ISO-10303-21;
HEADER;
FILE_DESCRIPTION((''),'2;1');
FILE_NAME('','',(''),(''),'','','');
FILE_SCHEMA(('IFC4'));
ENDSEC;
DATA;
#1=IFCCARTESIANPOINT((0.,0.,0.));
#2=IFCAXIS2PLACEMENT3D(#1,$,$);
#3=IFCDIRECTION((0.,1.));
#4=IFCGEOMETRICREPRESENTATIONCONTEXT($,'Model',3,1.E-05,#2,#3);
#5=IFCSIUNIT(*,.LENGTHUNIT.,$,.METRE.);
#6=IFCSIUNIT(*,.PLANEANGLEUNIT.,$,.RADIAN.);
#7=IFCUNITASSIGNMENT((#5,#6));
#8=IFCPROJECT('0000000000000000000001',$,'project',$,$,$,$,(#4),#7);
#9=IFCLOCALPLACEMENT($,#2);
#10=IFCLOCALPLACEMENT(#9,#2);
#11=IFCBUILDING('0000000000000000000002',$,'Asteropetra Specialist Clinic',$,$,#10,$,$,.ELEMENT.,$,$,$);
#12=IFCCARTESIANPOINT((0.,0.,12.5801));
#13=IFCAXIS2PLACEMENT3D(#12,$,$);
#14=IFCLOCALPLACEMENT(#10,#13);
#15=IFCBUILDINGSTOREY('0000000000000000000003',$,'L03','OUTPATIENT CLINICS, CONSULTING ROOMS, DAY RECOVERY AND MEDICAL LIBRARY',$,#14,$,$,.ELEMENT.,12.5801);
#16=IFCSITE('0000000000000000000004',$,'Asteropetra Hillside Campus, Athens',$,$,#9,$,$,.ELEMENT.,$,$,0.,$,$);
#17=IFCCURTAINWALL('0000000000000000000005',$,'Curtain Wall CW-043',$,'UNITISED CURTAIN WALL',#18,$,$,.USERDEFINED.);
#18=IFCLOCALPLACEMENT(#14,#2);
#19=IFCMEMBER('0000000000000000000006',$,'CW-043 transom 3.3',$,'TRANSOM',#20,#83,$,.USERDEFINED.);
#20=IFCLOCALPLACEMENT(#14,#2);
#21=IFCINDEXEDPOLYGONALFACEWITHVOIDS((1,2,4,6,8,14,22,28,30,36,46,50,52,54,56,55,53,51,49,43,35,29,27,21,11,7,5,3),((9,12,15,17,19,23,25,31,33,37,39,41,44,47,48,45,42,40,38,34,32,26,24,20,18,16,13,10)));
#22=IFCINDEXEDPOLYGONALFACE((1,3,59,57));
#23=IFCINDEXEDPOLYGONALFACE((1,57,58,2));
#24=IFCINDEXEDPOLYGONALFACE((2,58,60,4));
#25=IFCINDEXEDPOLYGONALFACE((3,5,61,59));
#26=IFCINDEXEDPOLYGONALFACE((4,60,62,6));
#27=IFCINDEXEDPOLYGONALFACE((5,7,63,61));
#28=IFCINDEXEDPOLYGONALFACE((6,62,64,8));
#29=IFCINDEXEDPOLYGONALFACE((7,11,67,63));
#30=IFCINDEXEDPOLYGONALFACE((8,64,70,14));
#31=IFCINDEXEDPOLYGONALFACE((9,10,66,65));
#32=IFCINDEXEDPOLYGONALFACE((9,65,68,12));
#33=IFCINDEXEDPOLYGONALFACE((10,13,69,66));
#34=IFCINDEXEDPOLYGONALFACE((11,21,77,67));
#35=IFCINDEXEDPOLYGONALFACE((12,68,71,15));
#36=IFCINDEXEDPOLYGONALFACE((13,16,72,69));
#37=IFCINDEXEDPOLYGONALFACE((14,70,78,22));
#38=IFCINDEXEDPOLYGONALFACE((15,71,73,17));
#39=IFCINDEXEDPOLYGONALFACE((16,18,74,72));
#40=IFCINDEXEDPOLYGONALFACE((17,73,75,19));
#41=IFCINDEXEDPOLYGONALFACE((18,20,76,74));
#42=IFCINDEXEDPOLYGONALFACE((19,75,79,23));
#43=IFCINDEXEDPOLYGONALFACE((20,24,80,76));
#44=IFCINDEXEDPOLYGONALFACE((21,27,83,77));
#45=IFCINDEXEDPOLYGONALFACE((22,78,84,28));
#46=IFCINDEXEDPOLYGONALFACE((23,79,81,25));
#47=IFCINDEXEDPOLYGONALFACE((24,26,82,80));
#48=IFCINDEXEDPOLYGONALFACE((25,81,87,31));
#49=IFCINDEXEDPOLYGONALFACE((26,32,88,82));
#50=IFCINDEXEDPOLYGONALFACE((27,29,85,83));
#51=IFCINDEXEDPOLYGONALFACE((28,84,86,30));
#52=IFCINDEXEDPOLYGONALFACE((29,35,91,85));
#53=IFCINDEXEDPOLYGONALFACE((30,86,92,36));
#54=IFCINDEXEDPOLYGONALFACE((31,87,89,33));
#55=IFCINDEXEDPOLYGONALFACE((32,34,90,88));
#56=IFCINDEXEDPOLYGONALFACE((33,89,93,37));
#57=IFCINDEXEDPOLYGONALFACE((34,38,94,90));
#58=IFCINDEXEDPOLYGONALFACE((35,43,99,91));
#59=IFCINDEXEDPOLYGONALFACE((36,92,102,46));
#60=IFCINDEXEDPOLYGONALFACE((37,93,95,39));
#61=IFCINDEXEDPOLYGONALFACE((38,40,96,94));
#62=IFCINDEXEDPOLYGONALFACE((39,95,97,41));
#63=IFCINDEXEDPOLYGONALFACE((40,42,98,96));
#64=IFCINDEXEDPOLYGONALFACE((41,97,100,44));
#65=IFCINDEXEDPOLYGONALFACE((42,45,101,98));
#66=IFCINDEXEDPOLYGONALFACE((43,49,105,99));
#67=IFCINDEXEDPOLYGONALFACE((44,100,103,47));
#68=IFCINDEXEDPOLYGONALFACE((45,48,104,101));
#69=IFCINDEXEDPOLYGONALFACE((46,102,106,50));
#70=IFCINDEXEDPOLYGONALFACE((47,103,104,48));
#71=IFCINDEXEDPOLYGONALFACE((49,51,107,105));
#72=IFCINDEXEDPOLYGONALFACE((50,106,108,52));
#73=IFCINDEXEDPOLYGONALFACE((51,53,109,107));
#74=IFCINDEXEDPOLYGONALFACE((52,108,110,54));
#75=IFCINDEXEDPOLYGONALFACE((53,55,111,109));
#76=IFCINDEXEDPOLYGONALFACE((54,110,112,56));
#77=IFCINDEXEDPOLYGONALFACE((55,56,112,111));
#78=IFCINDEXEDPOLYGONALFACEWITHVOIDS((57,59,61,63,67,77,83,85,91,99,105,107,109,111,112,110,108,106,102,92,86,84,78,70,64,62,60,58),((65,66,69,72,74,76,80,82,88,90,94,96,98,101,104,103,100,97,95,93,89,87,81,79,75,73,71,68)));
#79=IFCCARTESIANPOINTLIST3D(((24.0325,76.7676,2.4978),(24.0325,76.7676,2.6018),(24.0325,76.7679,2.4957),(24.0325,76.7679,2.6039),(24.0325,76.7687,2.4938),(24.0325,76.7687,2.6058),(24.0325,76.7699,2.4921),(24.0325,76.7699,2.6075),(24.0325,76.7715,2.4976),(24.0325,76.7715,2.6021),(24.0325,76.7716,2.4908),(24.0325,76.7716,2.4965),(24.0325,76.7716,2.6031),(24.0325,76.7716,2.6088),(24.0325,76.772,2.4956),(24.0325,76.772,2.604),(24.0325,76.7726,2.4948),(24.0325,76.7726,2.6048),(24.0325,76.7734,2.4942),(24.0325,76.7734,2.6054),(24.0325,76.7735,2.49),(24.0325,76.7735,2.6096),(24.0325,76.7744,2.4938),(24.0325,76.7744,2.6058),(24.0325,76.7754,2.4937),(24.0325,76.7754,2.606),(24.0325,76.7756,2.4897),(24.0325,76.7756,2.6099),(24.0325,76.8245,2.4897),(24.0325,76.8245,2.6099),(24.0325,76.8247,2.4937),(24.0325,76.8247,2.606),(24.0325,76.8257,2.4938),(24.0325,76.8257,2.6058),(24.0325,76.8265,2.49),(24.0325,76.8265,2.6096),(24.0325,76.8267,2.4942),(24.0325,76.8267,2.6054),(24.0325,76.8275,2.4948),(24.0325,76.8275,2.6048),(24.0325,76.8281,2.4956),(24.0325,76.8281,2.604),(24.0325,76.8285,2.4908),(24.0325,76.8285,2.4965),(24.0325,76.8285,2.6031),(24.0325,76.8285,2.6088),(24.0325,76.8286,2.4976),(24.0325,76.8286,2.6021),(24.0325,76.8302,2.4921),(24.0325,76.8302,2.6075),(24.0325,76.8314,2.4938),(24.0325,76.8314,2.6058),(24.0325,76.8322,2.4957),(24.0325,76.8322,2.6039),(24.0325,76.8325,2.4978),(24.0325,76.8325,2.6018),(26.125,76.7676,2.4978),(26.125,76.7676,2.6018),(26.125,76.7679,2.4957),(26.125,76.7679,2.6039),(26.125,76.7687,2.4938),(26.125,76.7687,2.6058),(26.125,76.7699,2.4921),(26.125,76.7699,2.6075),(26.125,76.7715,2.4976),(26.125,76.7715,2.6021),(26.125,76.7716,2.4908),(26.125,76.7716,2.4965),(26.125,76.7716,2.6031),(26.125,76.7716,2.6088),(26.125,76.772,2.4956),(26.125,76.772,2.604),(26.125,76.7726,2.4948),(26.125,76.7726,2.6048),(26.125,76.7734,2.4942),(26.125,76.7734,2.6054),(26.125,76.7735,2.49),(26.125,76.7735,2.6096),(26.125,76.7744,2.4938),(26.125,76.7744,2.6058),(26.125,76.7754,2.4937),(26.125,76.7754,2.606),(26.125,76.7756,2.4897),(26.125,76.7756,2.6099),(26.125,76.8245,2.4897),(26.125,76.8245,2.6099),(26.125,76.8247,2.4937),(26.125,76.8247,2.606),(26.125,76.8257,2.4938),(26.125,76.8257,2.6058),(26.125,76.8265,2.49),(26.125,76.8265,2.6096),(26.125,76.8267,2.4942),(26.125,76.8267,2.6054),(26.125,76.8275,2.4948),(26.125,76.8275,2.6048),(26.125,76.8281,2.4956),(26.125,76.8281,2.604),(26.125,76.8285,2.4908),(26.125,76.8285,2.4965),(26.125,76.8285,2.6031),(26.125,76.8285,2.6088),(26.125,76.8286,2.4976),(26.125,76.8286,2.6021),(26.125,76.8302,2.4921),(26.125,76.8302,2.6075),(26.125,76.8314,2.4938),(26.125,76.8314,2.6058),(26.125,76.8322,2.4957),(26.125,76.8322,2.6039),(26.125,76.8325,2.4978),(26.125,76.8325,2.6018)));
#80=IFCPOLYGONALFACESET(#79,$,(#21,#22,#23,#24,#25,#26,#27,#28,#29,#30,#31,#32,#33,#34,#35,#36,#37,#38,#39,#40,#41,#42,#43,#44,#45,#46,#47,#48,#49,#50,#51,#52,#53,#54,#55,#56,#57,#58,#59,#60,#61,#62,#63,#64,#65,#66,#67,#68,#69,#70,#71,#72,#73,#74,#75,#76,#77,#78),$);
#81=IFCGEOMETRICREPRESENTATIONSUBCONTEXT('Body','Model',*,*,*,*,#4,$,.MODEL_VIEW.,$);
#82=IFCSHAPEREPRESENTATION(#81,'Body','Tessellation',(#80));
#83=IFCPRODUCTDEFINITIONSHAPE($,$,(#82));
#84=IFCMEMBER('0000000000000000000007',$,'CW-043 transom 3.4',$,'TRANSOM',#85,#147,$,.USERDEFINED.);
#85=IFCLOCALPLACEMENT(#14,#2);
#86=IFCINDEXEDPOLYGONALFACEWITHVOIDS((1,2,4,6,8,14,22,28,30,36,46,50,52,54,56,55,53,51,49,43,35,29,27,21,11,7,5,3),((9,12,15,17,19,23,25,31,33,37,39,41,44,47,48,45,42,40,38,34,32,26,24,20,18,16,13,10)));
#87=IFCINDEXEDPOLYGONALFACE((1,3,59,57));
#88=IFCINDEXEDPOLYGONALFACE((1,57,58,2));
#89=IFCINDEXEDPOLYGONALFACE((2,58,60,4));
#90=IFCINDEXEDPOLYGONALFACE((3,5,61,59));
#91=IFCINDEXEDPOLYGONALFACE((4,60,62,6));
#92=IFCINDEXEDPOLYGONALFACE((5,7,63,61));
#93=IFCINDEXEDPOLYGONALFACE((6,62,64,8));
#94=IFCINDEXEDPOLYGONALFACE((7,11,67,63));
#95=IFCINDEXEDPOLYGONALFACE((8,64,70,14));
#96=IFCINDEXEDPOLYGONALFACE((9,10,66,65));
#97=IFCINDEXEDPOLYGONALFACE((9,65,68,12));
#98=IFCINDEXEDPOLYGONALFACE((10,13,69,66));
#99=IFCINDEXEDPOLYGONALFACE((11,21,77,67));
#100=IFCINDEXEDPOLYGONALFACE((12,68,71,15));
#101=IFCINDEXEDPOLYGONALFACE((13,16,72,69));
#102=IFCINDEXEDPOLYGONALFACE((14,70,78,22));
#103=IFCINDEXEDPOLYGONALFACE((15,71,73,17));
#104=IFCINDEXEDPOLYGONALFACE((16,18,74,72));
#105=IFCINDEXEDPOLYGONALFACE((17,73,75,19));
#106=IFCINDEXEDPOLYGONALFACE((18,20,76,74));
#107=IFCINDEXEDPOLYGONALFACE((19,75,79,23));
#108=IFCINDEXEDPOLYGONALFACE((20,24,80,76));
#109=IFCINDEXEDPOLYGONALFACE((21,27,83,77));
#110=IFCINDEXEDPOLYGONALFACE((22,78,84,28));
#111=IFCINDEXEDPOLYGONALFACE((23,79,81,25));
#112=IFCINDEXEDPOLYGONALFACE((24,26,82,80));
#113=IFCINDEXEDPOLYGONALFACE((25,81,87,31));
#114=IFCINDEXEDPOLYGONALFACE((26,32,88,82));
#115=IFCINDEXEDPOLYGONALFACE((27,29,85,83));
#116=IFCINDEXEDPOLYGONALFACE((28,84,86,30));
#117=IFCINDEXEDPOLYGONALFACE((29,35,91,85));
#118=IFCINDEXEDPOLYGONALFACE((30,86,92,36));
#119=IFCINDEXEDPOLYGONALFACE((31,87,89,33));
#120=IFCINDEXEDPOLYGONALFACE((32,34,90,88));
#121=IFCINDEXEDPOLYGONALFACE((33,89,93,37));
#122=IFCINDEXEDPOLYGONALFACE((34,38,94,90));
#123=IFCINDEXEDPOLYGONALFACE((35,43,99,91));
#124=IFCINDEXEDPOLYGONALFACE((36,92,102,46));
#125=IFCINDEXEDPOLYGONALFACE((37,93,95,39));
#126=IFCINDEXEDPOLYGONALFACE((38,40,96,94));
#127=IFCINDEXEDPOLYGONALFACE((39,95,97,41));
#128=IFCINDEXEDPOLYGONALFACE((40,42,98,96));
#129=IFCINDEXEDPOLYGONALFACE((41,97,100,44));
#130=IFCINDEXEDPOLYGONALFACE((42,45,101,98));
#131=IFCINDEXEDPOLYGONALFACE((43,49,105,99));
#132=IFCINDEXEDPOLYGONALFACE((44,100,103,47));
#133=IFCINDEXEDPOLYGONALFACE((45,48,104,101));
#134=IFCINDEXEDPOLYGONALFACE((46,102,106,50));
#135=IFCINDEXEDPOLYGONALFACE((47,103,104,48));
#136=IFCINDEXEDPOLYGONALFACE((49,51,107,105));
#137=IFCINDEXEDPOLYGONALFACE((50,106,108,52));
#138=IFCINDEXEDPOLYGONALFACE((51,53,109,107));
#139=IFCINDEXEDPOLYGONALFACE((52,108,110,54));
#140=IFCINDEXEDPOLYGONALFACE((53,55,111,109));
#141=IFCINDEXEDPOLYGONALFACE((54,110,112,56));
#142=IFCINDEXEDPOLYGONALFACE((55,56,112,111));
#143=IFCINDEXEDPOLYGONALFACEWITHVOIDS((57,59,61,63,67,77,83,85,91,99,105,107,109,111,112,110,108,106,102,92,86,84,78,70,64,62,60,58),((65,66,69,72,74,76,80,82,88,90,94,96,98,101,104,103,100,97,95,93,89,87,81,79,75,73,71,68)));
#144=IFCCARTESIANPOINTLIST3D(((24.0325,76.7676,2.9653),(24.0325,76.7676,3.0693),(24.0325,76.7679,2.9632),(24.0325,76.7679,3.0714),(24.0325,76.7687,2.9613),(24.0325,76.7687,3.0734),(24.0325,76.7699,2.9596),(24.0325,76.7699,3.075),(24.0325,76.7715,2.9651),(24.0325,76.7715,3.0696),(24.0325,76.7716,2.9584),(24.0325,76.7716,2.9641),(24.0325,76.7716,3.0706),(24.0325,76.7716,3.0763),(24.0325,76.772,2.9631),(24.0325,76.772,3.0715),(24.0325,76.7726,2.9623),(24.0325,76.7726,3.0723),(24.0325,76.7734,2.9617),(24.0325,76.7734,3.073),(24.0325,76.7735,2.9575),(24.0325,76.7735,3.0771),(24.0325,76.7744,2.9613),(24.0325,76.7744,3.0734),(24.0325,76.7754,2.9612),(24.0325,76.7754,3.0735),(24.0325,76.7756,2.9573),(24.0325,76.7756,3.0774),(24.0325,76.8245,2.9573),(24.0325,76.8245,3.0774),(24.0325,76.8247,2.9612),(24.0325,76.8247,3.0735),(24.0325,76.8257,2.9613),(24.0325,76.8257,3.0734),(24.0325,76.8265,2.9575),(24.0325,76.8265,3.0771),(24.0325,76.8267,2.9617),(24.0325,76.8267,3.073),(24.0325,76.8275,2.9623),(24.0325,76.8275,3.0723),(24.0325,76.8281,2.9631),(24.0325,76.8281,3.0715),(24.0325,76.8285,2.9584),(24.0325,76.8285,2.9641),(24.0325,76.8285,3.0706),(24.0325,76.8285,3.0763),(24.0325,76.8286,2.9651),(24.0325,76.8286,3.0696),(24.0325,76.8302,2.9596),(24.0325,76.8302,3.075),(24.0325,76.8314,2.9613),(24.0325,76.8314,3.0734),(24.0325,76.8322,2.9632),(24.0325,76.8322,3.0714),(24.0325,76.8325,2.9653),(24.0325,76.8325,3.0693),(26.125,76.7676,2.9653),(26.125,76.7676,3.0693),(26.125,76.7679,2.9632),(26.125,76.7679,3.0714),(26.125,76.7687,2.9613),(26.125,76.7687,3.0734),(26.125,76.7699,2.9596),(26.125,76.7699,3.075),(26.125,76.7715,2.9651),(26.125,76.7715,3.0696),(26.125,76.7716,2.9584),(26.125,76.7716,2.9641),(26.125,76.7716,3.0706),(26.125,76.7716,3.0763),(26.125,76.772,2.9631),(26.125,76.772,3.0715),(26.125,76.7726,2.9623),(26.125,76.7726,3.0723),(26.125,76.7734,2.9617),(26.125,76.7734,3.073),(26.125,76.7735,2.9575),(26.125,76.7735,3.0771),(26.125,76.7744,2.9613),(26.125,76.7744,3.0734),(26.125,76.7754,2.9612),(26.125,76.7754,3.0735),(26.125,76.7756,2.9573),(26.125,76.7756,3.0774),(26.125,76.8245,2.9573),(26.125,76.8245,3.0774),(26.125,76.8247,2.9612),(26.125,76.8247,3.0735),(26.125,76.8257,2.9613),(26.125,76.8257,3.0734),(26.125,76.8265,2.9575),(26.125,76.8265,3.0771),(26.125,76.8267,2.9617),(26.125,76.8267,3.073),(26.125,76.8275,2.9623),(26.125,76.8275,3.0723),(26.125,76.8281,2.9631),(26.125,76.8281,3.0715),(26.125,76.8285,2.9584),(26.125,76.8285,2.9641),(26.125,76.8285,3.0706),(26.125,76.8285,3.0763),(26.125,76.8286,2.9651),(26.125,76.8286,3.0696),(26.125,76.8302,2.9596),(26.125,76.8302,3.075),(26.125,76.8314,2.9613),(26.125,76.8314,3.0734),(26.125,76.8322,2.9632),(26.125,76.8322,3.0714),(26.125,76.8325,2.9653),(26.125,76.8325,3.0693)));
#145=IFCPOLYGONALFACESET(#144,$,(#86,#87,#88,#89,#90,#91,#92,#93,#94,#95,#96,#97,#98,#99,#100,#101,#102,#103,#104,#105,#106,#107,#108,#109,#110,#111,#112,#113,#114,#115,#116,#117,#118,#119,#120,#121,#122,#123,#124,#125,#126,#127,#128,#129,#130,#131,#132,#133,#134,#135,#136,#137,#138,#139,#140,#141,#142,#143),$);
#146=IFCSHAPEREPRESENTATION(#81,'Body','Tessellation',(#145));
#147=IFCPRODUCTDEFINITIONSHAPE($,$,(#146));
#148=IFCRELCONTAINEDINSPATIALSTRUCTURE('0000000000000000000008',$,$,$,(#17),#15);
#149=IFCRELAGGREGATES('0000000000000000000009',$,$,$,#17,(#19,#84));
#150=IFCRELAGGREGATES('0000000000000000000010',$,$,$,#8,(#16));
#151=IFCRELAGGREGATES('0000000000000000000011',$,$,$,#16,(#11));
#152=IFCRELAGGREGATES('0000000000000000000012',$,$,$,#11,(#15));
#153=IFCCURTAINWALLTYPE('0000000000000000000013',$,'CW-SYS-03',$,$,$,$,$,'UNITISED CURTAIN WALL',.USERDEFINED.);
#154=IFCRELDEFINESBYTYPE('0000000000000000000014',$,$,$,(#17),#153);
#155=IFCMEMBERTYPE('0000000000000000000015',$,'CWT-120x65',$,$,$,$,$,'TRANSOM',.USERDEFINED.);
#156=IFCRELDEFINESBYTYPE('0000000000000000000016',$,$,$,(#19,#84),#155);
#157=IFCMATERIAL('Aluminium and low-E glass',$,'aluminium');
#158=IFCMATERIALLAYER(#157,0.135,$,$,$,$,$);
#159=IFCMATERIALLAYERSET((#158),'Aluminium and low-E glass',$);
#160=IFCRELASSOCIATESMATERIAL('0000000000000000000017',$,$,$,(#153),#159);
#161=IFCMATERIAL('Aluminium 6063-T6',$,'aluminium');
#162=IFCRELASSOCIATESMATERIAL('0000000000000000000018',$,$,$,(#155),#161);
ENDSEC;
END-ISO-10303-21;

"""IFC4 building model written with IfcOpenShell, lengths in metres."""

from ifc_helpers import new_model, si_unit, direction, frame, origin, origin_2d, place, context, subcontext, project, spatial, hollow_rectangle, extrude, material, layer, layer_set, material_profile, profile_set, type_object, element, aggregate, save


model = new_model("IFC4")

# Units and contexts
model_context = context("Model", 3, precision=1e-05, world=origin(), true_north=direction((0.0, 1.0)))
body_context = subcontext(model_context, "Body", "Model", "MODEL_VIEW")
ifc_project = project(units=[si_unit("LENGTHUNIT", "METRE"), si_unit("PLANEANGLEUNIT", "RADIAN")], contexts=[model_context])

# Site, building, storey
site_placement = place(None, origin())
site = spatial("IfcSite", under=ifc_project, at=site_placement, Name="Asteropetra Hillside Campus, Athens", CompositionType="ELEMENT", RefElevation=0.0)
building_placement = place(site_placement, origin())
building = spatial("IfcBuilding", under=site, at=building_placement, Name="Asteropetra Specialist Clinic", CompositionType="ELEMENT")
storey_placement = place(building_placement, frame((0.0, 0.0, 12.5801)))
storey = spatial("IfcBuildingStorey", under=building, at=storey_placement, Name="L03", Description="OUTPATIENT CLINICS, CONSULTING ROOMS, DAY RECOVERY AND MEDICAL LIBRARY", CompositionType="ELEMENT", Elevation=12.5801)

# Curtain wall
ifc_material_1 = material(Name="Aluminium and low-E glass", Category="aluminium")
ifc_layer_1 = layer(ifc_material_1, 0.135)
ifc_layer_set_1 = layer_set([ifc_layer_1], Name="Aluminium and low-E glass")
curtain_wall_type_1 = type_object("IfcCurtainWallType", Name="CW-SYS-03", ElementType="UNITISED CURTAIN WALL", PredefinedType="USERDEFINED", material=ifc_layer_set_1)
curtain_wall_1_placement = place(storey_placement, origin())
curtain_wall_1 = element("IfcCurtainWall", 1, at=curtain_wall_1_placement, inside=storey, type_object=curtain_wall_type_1, Name="Curtain Wall CW-043", ObjectType="UNITISED CURTAIN WALL", PredefinedType="USERDEFINED")

# Members
ifc_material_2 = material(Name="Aluminium 6063-T6", Category="aluminium")
ifc_material_profile_1 = material_profile(ifc_material_2, hollow_rectangle(XDim=0.0649, YDim=0.1201, WallThickness=0.0039, InnerFilletRadius=0.0039, OuterFilletRadius=0.0081, at=origin_2d()), Name="TRN 120x65x4.0")
ifc_profile_set_1 = profile_set([ifc_material_profile_1], Name="Aluminium 6063-T6")
member_type_1 = type_object("IfcMemberType", Name="CWT-120x65", ElementType="TRANSOM", PredefinedType="USERDEFINED", material=ifc_profile_set_1)
member_1_placement = place(storey_placement, frame((24.0325, 76.8, 2.5498), z_axis=(1.0, 0.0, 0.0), x_axis=(0.0, 1.0, 0.0)))
member_1 = element("IfcMember", 2, at=member_1_placement, type_object=member_type_1, Name="CW-043 transom 3.3", ObjectType="TRANSOM", PredefinedType="USERDEFINED", context=body_context, shape_type="SweptSolid", body=[
    extrude(hollow_rectangle(XDim=0.0649, YDim=0.1201, WallThickness=0.0039, InnerFilletRadius=0.0039, OuterFilletRadius=0.0081, at=origin_2d()), origin(), (0.0, 0.0, 1.0), 2.0925),
])
member_2_placement = place(storey_placement, frame((24.0325, 76.8, 3.0173), z_axis=(1.0, 0.0, 0.0), x_axis=(0.0, 1.0, 0.0)))
member_2 = element("IfcMember", 3, at=member_2_placement, type_object=member_type_1, Name="CW-043 transom 3.4", ObjectType="TRANSOM", PredefinedType="USERDEFINED", context=body_context, shape_type="SweptSolid", body=[
    extrude(hollow_rectangle(XDim=0.0649, YDim=0.1201, WallThickness=0.0039, InnerFilletRadius=0.0039, OuterFilletRadius=0.0081, at=origin_2d()), origin(), (0.0, 0.0, 1.0), 2.0925),
])

aggregate(curtain_wall_1, [member_1, member_2])

save(model, "model.ifc")
